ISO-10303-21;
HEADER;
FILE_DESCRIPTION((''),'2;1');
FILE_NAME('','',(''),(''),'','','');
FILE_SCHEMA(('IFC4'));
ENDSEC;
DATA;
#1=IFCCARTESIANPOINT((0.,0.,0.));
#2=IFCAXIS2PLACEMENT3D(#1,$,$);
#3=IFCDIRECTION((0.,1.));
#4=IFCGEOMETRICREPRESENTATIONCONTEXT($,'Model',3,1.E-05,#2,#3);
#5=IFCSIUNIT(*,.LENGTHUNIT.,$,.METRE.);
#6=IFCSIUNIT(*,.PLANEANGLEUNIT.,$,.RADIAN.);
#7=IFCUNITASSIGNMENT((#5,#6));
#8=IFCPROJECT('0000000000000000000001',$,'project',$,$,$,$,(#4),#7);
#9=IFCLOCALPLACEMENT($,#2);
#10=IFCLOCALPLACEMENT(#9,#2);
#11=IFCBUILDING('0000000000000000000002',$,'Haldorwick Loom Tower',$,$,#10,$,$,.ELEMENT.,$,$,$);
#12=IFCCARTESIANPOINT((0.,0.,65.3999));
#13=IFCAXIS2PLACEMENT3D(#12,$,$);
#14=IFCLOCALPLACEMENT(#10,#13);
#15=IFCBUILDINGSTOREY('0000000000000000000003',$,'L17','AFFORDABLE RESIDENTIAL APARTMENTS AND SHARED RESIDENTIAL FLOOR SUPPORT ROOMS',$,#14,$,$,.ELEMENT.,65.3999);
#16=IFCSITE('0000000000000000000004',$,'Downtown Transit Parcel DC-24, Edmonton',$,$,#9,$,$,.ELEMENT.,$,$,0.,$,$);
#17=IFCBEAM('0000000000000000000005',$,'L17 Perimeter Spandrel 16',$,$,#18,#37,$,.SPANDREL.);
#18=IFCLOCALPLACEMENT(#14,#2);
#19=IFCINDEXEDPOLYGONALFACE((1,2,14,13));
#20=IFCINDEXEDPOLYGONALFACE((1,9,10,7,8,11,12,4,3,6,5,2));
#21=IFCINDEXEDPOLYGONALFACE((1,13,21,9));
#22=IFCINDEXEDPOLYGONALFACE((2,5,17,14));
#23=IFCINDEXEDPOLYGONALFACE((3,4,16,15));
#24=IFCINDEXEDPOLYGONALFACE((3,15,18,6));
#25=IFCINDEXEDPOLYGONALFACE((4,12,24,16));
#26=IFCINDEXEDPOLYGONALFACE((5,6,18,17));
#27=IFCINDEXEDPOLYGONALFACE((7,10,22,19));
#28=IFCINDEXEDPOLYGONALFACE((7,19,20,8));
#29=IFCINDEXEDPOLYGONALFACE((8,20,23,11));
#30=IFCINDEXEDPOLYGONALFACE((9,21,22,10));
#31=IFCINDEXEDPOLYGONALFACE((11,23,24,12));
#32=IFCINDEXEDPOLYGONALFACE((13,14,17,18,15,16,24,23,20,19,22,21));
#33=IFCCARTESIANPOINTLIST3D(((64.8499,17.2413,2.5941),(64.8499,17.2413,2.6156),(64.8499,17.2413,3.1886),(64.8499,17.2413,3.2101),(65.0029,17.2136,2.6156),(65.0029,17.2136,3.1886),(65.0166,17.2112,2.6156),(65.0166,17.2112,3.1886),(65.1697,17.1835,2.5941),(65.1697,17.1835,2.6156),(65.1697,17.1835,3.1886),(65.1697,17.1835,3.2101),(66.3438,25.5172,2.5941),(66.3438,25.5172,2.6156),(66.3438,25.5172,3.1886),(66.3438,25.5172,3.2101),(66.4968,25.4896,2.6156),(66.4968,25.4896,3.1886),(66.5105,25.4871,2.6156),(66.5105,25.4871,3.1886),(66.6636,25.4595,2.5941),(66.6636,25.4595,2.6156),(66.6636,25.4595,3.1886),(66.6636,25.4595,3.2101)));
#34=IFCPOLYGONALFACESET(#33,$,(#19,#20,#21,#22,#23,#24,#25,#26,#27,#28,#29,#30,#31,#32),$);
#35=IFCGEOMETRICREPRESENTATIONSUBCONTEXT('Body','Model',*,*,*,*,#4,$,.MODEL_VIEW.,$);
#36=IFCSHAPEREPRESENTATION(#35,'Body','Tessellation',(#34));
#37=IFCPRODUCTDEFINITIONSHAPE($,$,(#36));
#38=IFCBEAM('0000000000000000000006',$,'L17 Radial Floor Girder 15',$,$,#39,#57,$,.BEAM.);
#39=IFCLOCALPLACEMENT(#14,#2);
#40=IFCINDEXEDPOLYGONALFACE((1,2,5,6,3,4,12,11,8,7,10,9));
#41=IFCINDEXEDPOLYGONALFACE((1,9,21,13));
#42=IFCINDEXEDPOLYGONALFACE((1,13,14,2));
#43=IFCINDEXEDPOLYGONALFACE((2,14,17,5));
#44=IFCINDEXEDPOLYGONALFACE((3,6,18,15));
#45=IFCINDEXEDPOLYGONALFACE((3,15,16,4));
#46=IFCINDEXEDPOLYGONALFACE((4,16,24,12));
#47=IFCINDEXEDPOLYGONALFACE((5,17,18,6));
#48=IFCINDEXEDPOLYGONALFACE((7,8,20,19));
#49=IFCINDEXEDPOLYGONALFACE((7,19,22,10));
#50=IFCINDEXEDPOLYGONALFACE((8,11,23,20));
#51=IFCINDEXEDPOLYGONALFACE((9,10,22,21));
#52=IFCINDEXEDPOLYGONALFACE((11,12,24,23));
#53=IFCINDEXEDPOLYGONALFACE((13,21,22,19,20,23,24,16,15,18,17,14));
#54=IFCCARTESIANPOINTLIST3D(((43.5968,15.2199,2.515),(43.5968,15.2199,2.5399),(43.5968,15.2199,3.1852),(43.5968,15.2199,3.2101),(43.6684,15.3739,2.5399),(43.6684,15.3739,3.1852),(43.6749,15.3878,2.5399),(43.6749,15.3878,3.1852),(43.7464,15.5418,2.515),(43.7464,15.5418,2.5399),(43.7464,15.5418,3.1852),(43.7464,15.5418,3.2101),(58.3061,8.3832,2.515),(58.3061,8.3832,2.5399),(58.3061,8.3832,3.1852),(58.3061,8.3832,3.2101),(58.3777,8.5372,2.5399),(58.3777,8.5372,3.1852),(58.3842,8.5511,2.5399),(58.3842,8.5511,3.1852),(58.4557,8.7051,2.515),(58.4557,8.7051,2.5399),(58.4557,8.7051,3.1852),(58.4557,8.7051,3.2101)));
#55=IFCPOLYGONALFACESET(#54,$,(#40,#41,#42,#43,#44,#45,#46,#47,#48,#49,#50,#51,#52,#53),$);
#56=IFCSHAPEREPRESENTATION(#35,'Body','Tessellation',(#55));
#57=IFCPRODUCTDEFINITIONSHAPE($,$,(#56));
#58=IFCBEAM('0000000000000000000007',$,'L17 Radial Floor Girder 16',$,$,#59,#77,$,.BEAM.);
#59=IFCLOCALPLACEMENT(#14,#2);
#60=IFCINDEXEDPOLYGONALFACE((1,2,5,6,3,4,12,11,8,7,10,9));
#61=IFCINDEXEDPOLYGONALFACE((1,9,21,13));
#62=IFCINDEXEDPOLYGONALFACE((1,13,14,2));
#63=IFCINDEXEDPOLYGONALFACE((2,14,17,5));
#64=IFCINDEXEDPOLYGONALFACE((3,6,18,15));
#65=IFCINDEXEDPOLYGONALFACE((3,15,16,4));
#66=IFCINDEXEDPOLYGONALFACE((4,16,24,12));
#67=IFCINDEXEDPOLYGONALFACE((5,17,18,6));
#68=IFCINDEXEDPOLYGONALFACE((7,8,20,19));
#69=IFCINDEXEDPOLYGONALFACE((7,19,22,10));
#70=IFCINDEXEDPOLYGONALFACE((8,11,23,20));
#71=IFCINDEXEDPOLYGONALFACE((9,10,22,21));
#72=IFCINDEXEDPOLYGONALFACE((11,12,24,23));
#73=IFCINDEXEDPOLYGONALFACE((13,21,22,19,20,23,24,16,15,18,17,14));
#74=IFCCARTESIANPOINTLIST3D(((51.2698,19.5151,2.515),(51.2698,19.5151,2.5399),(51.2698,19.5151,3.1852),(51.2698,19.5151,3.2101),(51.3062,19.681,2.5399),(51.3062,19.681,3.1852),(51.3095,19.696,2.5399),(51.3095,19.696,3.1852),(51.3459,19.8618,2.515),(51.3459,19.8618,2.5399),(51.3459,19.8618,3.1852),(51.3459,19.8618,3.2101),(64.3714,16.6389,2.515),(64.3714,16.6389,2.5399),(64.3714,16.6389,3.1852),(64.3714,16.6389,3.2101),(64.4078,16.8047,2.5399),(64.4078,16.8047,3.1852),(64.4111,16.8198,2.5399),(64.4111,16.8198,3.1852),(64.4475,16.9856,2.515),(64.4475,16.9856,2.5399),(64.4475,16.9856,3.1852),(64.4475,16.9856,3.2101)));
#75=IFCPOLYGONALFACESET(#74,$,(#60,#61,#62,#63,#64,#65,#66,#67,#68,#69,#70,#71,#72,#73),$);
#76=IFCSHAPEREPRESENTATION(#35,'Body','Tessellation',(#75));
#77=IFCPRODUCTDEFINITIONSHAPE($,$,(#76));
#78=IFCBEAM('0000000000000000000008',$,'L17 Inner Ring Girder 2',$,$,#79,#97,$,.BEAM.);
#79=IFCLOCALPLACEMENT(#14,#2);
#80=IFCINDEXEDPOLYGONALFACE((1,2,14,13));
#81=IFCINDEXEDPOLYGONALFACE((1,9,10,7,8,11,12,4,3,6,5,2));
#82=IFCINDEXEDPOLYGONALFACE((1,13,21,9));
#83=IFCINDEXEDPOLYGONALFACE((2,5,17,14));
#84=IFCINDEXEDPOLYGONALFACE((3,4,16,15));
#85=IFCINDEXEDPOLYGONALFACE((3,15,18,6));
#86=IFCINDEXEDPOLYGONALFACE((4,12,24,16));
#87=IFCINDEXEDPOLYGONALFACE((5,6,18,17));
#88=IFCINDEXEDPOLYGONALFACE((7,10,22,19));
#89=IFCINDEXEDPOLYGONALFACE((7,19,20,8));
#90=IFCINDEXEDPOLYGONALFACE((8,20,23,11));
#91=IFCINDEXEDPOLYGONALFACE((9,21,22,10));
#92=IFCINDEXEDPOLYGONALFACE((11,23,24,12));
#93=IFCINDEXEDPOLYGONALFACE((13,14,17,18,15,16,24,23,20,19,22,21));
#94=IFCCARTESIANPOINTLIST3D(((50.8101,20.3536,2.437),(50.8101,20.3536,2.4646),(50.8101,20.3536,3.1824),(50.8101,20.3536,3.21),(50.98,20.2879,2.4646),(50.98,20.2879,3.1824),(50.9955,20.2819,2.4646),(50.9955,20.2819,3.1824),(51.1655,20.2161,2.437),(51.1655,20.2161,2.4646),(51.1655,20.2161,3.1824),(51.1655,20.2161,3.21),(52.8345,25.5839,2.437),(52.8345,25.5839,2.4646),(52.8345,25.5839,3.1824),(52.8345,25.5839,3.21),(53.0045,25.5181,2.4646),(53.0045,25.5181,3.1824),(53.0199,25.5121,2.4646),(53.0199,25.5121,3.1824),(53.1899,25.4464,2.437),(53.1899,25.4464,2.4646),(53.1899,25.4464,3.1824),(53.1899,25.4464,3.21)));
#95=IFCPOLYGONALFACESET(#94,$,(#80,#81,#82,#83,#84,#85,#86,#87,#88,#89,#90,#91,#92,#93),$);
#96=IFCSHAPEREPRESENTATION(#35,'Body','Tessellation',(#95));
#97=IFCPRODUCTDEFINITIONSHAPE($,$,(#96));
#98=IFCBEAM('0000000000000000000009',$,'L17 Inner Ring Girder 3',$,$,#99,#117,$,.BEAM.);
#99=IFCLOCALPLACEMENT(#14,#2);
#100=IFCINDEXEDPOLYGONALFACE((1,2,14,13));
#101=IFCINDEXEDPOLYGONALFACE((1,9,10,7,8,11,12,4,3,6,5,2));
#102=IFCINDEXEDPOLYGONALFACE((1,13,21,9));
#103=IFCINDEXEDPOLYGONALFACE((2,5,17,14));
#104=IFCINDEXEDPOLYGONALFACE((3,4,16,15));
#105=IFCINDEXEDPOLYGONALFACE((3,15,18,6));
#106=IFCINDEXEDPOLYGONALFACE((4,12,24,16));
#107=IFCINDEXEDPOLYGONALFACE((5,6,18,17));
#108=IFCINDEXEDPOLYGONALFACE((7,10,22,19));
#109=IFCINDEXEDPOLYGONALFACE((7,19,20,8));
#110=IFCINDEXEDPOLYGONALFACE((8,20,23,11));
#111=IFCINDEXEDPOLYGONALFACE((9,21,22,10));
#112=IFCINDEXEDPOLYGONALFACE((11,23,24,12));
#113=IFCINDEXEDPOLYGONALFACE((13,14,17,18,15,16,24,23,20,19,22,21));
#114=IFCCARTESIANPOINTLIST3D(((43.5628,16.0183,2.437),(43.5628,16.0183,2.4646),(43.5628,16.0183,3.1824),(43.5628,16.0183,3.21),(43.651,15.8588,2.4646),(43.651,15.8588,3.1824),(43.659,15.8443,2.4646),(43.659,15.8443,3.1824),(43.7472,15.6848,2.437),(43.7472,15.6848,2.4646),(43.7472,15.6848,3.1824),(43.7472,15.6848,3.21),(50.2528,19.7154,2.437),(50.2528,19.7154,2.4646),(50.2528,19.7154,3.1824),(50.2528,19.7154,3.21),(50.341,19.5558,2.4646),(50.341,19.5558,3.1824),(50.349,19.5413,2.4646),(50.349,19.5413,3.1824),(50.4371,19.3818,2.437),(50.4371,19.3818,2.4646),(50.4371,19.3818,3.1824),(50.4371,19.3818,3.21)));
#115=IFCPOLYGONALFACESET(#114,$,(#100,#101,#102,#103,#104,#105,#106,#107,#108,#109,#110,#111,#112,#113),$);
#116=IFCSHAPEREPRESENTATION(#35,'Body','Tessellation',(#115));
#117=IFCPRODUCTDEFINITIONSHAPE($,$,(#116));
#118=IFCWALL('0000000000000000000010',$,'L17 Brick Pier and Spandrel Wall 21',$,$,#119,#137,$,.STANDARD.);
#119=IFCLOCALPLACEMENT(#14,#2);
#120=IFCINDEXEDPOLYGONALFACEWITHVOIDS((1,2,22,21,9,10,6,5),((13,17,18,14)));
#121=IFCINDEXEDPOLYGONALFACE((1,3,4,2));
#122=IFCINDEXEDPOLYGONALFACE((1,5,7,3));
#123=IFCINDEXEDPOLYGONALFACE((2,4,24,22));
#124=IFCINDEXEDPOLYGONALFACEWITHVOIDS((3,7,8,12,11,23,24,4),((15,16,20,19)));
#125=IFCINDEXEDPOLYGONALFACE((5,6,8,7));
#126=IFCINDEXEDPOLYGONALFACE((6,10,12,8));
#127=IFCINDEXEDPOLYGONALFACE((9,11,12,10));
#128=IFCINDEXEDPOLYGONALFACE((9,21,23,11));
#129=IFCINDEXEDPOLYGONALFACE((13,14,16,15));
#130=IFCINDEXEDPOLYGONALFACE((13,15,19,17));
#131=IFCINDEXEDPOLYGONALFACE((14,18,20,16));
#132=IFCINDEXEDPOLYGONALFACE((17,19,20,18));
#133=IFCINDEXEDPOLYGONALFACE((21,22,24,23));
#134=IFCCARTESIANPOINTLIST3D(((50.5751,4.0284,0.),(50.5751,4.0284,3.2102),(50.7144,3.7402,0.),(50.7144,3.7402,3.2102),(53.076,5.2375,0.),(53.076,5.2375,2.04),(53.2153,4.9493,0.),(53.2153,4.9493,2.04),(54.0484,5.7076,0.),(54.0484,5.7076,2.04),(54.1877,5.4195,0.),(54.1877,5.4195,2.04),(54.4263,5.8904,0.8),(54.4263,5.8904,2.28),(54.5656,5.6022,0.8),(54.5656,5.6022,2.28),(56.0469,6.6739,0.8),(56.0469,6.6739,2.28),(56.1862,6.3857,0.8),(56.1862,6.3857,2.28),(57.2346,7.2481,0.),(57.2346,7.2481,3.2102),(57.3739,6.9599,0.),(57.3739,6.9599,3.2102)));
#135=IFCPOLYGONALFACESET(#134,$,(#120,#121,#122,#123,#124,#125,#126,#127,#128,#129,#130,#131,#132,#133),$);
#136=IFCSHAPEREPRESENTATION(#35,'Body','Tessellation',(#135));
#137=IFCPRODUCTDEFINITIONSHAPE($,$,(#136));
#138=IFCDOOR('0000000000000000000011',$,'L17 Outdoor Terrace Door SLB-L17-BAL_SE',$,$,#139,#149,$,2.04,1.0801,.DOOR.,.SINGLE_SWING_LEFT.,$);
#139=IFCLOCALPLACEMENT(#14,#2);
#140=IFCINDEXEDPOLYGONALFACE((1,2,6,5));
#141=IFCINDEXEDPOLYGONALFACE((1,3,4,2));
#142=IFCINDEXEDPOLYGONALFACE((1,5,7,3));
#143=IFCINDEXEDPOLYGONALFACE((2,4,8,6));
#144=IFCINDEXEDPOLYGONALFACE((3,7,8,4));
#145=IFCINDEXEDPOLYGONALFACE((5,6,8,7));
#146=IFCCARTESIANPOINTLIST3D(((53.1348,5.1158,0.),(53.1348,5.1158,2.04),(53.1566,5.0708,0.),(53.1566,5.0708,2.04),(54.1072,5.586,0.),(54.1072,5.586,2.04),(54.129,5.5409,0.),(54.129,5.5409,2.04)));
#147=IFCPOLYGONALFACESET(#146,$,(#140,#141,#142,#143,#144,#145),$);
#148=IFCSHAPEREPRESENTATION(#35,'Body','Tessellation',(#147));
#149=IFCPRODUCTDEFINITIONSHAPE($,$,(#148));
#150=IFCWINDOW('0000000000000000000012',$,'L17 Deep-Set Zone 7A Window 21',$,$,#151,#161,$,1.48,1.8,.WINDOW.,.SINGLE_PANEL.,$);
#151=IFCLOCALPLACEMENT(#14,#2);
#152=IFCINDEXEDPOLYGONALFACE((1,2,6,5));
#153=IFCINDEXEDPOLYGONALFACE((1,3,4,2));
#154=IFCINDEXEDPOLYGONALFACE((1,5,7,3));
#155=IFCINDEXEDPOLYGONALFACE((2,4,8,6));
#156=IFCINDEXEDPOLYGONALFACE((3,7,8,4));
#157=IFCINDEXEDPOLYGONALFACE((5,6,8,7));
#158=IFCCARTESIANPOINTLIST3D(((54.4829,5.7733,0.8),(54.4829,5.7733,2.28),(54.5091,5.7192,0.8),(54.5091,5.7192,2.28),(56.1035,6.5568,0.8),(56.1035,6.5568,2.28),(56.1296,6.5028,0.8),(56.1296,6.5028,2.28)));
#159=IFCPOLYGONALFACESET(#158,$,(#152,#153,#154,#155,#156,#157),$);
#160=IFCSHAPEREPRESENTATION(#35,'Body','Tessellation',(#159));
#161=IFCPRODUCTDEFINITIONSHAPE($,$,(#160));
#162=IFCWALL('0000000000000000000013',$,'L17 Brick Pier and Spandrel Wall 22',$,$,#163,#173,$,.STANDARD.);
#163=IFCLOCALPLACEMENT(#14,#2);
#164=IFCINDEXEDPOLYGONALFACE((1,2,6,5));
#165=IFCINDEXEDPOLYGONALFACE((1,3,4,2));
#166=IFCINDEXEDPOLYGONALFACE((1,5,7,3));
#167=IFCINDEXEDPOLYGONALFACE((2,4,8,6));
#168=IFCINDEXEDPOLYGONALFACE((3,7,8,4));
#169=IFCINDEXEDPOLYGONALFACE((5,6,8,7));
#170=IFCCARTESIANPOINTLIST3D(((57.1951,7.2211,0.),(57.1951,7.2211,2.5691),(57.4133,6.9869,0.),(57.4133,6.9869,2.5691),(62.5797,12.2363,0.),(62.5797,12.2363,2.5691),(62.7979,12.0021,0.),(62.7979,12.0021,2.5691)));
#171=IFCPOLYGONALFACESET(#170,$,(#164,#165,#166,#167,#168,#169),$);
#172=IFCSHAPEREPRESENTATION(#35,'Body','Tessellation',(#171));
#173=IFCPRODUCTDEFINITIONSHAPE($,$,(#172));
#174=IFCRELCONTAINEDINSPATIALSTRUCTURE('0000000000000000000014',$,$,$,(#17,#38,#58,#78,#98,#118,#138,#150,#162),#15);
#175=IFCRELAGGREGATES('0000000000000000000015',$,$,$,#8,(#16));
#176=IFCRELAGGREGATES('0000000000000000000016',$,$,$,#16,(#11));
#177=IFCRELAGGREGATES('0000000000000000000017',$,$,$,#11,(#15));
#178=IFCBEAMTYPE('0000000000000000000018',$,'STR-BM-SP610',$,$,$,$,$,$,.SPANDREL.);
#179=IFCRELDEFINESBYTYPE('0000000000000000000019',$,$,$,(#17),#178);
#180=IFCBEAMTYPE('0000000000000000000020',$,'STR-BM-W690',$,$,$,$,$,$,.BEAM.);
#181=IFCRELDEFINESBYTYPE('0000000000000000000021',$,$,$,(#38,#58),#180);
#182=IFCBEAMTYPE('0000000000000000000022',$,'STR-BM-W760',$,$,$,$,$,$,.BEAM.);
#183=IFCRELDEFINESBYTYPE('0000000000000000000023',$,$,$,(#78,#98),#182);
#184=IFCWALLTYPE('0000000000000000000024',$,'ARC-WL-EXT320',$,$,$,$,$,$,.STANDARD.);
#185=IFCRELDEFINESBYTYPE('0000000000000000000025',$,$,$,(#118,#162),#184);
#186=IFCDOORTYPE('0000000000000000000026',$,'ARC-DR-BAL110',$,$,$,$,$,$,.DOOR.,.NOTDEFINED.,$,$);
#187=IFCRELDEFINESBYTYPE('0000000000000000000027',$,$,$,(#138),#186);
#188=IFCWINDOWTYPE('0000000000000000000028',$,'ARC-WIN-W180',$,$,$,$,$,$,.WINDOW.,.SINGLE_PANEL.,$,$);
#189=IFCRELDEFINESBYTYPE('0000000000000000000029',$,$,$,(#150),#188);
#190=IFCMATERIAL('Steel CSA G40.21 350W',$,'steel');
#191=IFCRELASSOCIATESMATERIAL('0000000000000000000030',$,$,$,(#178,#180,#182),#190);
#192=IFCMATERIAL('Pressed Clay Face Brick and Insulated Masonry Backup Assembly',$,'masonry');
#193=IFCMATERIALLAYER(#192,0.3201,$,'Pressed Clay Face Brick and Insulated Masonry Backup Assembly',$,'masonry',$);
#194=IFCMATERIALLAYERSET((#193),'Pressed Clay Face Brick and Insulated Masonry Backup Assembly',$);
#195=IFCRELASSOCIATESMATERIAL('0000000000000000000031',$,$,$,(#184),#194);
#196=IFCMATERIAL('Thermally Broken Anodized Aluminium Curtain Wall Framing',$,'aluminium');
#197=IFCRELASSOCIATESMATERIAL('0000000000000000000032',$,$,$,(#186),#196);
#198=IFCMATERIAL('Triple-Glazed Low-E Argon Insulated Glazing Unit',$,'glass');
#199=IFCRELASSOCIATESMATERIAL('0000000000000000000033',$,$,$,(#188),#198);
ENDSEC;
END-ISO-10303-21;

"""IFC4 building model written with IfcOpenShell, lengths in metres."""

from ifc_helpers import new_model, si_unit, direction, frame, frame_2d, origin, origin_2d, place, context, subcontext, project, spatial, rectangle, i_section, extrude, material, layer, layer_set, material_profile, profile_set, type_object, element, fill, save


model = new_model("IFC4")

# Units and contexts
model_context = context("Model", 3, precision=1e-05, world=origin(), true_north=direction((0.0, 1.0)))
body_context = subcontext(model_context, "Body", "Model", "MODEL_VIEW")
ifc_project = project(units=[si_unit("LENGTHUNIT", "METRE"), si_unit("PLANEANGLEUNIT", "RADIAN")], contexts=[model_context])

# Site, building, storey
site_placement = place(None, origin())
site = spatial("IfcSite", under=ifc_project, at=site_placement, Name="Downtown Transit Parcel DC-24, Edmonton", CompositionType="ELEMENT", RefElevation=0.0)
building_placement = place(site_placement, origin())
building = spatial("IfcBuilding", under=site, at=building_placement, Name="Haldorwick Loom Tower", CompositionType="ELEMENT")
storey_placement = place(building_placement, frame((0.0, 0.0, 65.3999)))
storey = spatial("IfcBuildingStorey", under=building, at=storey_placement, Name="L17", Description="AFFORDABLE RESIDENTIAL APARTMENTS AND SHARED RESIDENTIAL FLOOR SUPPORT ROOMS", CompositionType="ELEMENT", Elevation=65.3999)

# Beams
ifc_material_1 = material(Name="Steel CSA G40.21 350W", Category="steel")
ifc_material_profile_1 = material_profile(ifc_material_1, i_section(OverallWidth=0.325, OverallDepth=0.616, WebThickness=0.0139, FlangeThickness=0.0215, at=origin_2d()), Name="W610X174", Category="steel")
ifc_profile_set_1 = profile_set([ifc_material_profile_1], Name="Steel CSA G40.21 350W")
beam_type_1 = type_object("IfcBeamType", Name="STR-BM-SP610", PredefinedType="SPANDREL", material=ifc_profile_set_1)
beam_1_placement = place(storey_placement, frame((65.0098, 17.2124, 2.9021), z_axis=(0.177641, 0.984095, 0.0), x_axis=(-0.984095, 0.177641, 0.0)))
element("IfcBeam", 1, at=beam_1_placement, inside=storey, type_object=beam_type_1, Name="L17 Perimeter Spandrel 16", PredefinedType="SPANDREL", context=body_context, shape_type="SweptSolid", body=[
    extrude(i_section(OverallWidth=0.325, OverallDepth=0.616, WebThickness=0.0139, FlangeThickness=0.0215, at=origin_2d()), origin(), (0.0, 0.0, 1.0), 8.4097),
])
ifc_material_profile_2 = material_profile(ifc_material_1, i_section(OverallWidth=0.355, OverallDepth=0.6951, WebThickness=0.0154, FlangeThickness=0.0249, at=origin_2d()), Name="W690X217", Category="steel")
ifc_profile_set_2 = profile_set([ifc_material_profile_2], Name="Steel CSA G40.21 350W")
beam_type_2 = type_object("IfcBeamType", Name="STR-BM-W690", PredefinedType="BEAM", material=ifc_profile_set_2)
beam_2_placement = place(storey_placement, frame((43.6716, 15.3809, 2.8625), z_axis=(0.906835, -0.421486, 0.0), x_axis=(0.421486, 0.906835, 0.0)))
element("IfcBeam", 2, at=beam_2_placement, inside=storey, type_object=beam_type_2, Name="L17 Radial Floor Girder 15", PredefinedType="BEAM", context=body_context, shape_type="SweptSolid", body=[
    extrude(i_section(OverallWidth=0.355, OverallDepth=0.6951, WebThickness=0.0154, FlangeThickness=0.0249, at=origin_2d()), origin(), (0.0, 0.0, 1.0), 16.2205),
])
beam_3_placement = place(storey_placement, frame((51.3079, 19.6885, 2.8625), z_axis=(0.97674, -0.214426, 0.0), x_axis=(0.214426, 0.97674, 0.0)))
element("IfcBeam", 3, at=beam_3_placement, inside=storey, type_object=beam_type_2, Name="L17 Radial Floor Girder 16", PredefinedType="BEAM", context=body_context, shape_type="SweptSolid", body=[
    extrude(i_section(OverallWidth=0.355, OverallDepth=0.6951, WebThickness=0.0154, FlangeThickness=0.0249, at=origin_2d()), origin(), (0.0, 0.0, 1.0), 13.4136),
])
ifc_material_profile_3 = material_profile(ifc_material_1, i_section(OverallWidth=0.3811, OverallDepth=0.7729, WebThickness=0.0166, FlangeThickness=0.0276, at=origin_2d()), Name="W760X257", Category="steel")
ifc_profile_set_3 = profile_set([ifc_material_profile_3], Name="Steel CSA G40.21 350W")
beam_type_3 = type_object("IfcBeamType", Name="STR-BM-W760", PredefinedType="BEAM", material=ifc_profile_set_3)
beam_4_placement = place(storey_placement, frame((53.0122, 25.5151, 2.8235), z_axis=(-0.360965, -0.932579, 0.0), x_axis=(0.932579, -0.360965, 0.0)))
element("IfcBeam", 4, at=beam_4_placement, inside=storey, type_object=beam_type_3, Name="L17 Inner Ring Girder 2", PredefinedType="BEAM", context=body_context, shape_type="SweptSolid", body=[
    extrude(i_section(OverallWidth=0.3811, OverallDepth=0.7729, WebThickness=0.0166, FlangeThickness=0.0276, at=origin_2d()), origin(), (0.0, 0.0, 1.0), 5.6084),
])
beam_5_placement = place(storey_placement, frame((50.345, 19.5486, 2.8235), z_axis=(-0.875244, -0.483681, 0.0), x_axis=(0.483681, -0.875244, 0.0)))
element("IfcBeam", 5, at=beam_5_placement, inside=storey, type_object=beam_type_3, Name="L17 Inner Ring Girder 3", PredefinedType="BEAM", context=body_context, shape_type="SweptSolid", body=[
    extrude(i_section(OverallWidth=0.3811, OverallDepth=0.7729, WebThickness=0.0166, FlangeThickness=0.0276, at=origin_2d()), origin(), (0.0, 0.0, 1.0), 7.6436),
])

# Wall, openings, door, window
ifc_material_2 = material(Name="Pressed Clay Face Brick and Insulated Masonry Backup Assembly", Category="masonry")
ifc_layer_1 = layer(ifc_material_2, 0.3201, Name="Pressed Clay Face Brick and Insulated Masonry Backup Assembly", Category="masonry")
ifc_layer_set_1 = layer_set([ifc_layer_1], Name="Pressed Clay Face Brick and Insulated Masonry Backup Assembly")
wall_type_1 = type_object("IfcWallType", Name="ARC-WL-EXT320", PredefinedType="STANDARD", material=ifc_layer_set_1)
wall_1_placement = place(storey_placement, frame((50.6448, 3.8843, 0.0), z_axis=(0.0, 0.0, 1.0), x_axis=(0.900296, 0.435279, 0.0)))
wall_1 = element("IfcWall", 6, at=wall_1_placement, inside=storey, type_object=wall_type_1, Name="L17 Brick Pier and Spandrel Wall 21", PredefinedType="STANDARD", context=body_context, shape_type="SweptSolid", body=[
    extrude(rectangle(XDim=7.397, YDim=0.3201, at=frame_2d((3.6985, 0.0))), origin(), (0.0, 0.0, 1.0), 3.2102),
])
opening_1_placement = place(wall_1_placement, frame((2.7778, 0.0, 0.0)))
opening_1 = element("IfcOpeningElement", 7, at=opening_1_placement, cuts=wall_1, PredefinedType="OPENING", context=body_context, shape_type="SweptSolid", body=[
    extrude(rectangle(XDim=1.0801, YDim=2.04, at=frame_2d((0.54, 1.02))), frame((0.0, 0.1699, 0.0), z_axis=(0.0, -1.0, 0.0), x_axis=(1.0, 0.0, 0.0)), (0.0, 0.0, 1.0), 0.3401),
])
opening_2_placement = place(wall_1_placement, frame((4.2778, 0.0, 0.8)))
opening_2 = element("IfcOpeningElement", 8, at=opening_2_placement, cuts=wall_1, PredefinedType="OPENING", context=body_context, shape_type="SweptSolid", body=[
    extrude(rectangle(XDim=1.8, YDim=1.48, at=frame_2d((0.8999, 0.74))), frame((0.0, 0.1699, 0.0), z_axis=(0.0, -1.0, 0.0), x_axis=(1.0, 0.0, 0.0)), (0.0, 0.0, 1.0), 0.3401),
])
ifc_material_3 = material(Name="Thermally Broken Anodized Aluminium Curtain Wall Framing", Category="aluminium")
door_type_1 = type_object("IfcDoorType", Name="ARC-DR-BAL110", OperationType="NOTDEFINED", PredefinedType="DOOR", material=ifc_material_3)
door_1_placement = place(opening_1_placement, origin())
door_1 = element("IfcDoor", 9, at=door_1_placement, inside=storey, type_object=door_type_1, Name="L17 Outdoor Terrace Door SLB-L17-BAL_SE", OperationType="SINGLE_SWING_LEFT", OverallHeight=2.04, OverallWidth=1.0801, PredefinedType="DOOR", context=body_context, shape_type="SweptSolid", body=[
    extrude(rectangle(XDim=1.0801, YDim=2.04, at=frame_2d((0.54, 1.02))), frame((0.0, 0.0249, 0.0), z_axis=(0.0, -1.0, 0.0), x_axis=(1.0, 0.0, 0.0)), (0.0, 0.0, 1.0), 0.05),
])
fill(opening_1, door_1)
ifc_material_4 = material(Name="Triple-Glazed Low-E Argon Insulated Glazing Unit", Category="glass")
window_type = type_object("IfcWindowType", Name="ARC-WIN-W180", PartitioningType="SINGLE_PANEL", PredefinedType="WINDOW", material=ifc_material_4)
window_1_placement = place(opening_2_placement, origin())
window_1 = element("IfcWindow", 10, at=window_1_placement, inside=storey, type_object=window_type, Name="L17 Deep-Set Zone 7A Window 21", OverallHeight=1.48, OverallWidth=1.8, PartitioningType="SINGLE_PANEL", PredefinedType="WINDOW", context=body_context, shape_type="SweptSolid", body=[
    extrude(rectangle(XDim=1.8, YDim=1.48, at=frame_2d((0.8999, 0.74))), frame((0.0, 0.03, 0.0), z_axis=(0.0, -1.0, 0.0), x_axis=(1.0, 0.0, 0.0)), (0.0, 0.0, 1.0), 0.0601),
])
fill(opening_2, window_1)

# Wall
wall_2_placement = place(storey_placement, frame((57.3042, 7.104, 0.0), z_axis=(0.0, 0.0, 1.0), x_axis=(0.731761, 0.681561, 0.0)))
element("IfcWall", 11, at=wall_2_placement, inside=storey, type_object=wall_type_1, Name="L17 Brick Pier and Spandrel Wall 22", PredefinedType="STANDARD", context=body_context, shape_type="SweptSolid", body=[
    extrude(rectangle(XDim=7.3584, YDim=0.3201, at=frame_2d((3.6792, 0.0))), origin(), (0.0, 0.0, 1.0), 2.5691),
])

save(model, "model.ifc")
